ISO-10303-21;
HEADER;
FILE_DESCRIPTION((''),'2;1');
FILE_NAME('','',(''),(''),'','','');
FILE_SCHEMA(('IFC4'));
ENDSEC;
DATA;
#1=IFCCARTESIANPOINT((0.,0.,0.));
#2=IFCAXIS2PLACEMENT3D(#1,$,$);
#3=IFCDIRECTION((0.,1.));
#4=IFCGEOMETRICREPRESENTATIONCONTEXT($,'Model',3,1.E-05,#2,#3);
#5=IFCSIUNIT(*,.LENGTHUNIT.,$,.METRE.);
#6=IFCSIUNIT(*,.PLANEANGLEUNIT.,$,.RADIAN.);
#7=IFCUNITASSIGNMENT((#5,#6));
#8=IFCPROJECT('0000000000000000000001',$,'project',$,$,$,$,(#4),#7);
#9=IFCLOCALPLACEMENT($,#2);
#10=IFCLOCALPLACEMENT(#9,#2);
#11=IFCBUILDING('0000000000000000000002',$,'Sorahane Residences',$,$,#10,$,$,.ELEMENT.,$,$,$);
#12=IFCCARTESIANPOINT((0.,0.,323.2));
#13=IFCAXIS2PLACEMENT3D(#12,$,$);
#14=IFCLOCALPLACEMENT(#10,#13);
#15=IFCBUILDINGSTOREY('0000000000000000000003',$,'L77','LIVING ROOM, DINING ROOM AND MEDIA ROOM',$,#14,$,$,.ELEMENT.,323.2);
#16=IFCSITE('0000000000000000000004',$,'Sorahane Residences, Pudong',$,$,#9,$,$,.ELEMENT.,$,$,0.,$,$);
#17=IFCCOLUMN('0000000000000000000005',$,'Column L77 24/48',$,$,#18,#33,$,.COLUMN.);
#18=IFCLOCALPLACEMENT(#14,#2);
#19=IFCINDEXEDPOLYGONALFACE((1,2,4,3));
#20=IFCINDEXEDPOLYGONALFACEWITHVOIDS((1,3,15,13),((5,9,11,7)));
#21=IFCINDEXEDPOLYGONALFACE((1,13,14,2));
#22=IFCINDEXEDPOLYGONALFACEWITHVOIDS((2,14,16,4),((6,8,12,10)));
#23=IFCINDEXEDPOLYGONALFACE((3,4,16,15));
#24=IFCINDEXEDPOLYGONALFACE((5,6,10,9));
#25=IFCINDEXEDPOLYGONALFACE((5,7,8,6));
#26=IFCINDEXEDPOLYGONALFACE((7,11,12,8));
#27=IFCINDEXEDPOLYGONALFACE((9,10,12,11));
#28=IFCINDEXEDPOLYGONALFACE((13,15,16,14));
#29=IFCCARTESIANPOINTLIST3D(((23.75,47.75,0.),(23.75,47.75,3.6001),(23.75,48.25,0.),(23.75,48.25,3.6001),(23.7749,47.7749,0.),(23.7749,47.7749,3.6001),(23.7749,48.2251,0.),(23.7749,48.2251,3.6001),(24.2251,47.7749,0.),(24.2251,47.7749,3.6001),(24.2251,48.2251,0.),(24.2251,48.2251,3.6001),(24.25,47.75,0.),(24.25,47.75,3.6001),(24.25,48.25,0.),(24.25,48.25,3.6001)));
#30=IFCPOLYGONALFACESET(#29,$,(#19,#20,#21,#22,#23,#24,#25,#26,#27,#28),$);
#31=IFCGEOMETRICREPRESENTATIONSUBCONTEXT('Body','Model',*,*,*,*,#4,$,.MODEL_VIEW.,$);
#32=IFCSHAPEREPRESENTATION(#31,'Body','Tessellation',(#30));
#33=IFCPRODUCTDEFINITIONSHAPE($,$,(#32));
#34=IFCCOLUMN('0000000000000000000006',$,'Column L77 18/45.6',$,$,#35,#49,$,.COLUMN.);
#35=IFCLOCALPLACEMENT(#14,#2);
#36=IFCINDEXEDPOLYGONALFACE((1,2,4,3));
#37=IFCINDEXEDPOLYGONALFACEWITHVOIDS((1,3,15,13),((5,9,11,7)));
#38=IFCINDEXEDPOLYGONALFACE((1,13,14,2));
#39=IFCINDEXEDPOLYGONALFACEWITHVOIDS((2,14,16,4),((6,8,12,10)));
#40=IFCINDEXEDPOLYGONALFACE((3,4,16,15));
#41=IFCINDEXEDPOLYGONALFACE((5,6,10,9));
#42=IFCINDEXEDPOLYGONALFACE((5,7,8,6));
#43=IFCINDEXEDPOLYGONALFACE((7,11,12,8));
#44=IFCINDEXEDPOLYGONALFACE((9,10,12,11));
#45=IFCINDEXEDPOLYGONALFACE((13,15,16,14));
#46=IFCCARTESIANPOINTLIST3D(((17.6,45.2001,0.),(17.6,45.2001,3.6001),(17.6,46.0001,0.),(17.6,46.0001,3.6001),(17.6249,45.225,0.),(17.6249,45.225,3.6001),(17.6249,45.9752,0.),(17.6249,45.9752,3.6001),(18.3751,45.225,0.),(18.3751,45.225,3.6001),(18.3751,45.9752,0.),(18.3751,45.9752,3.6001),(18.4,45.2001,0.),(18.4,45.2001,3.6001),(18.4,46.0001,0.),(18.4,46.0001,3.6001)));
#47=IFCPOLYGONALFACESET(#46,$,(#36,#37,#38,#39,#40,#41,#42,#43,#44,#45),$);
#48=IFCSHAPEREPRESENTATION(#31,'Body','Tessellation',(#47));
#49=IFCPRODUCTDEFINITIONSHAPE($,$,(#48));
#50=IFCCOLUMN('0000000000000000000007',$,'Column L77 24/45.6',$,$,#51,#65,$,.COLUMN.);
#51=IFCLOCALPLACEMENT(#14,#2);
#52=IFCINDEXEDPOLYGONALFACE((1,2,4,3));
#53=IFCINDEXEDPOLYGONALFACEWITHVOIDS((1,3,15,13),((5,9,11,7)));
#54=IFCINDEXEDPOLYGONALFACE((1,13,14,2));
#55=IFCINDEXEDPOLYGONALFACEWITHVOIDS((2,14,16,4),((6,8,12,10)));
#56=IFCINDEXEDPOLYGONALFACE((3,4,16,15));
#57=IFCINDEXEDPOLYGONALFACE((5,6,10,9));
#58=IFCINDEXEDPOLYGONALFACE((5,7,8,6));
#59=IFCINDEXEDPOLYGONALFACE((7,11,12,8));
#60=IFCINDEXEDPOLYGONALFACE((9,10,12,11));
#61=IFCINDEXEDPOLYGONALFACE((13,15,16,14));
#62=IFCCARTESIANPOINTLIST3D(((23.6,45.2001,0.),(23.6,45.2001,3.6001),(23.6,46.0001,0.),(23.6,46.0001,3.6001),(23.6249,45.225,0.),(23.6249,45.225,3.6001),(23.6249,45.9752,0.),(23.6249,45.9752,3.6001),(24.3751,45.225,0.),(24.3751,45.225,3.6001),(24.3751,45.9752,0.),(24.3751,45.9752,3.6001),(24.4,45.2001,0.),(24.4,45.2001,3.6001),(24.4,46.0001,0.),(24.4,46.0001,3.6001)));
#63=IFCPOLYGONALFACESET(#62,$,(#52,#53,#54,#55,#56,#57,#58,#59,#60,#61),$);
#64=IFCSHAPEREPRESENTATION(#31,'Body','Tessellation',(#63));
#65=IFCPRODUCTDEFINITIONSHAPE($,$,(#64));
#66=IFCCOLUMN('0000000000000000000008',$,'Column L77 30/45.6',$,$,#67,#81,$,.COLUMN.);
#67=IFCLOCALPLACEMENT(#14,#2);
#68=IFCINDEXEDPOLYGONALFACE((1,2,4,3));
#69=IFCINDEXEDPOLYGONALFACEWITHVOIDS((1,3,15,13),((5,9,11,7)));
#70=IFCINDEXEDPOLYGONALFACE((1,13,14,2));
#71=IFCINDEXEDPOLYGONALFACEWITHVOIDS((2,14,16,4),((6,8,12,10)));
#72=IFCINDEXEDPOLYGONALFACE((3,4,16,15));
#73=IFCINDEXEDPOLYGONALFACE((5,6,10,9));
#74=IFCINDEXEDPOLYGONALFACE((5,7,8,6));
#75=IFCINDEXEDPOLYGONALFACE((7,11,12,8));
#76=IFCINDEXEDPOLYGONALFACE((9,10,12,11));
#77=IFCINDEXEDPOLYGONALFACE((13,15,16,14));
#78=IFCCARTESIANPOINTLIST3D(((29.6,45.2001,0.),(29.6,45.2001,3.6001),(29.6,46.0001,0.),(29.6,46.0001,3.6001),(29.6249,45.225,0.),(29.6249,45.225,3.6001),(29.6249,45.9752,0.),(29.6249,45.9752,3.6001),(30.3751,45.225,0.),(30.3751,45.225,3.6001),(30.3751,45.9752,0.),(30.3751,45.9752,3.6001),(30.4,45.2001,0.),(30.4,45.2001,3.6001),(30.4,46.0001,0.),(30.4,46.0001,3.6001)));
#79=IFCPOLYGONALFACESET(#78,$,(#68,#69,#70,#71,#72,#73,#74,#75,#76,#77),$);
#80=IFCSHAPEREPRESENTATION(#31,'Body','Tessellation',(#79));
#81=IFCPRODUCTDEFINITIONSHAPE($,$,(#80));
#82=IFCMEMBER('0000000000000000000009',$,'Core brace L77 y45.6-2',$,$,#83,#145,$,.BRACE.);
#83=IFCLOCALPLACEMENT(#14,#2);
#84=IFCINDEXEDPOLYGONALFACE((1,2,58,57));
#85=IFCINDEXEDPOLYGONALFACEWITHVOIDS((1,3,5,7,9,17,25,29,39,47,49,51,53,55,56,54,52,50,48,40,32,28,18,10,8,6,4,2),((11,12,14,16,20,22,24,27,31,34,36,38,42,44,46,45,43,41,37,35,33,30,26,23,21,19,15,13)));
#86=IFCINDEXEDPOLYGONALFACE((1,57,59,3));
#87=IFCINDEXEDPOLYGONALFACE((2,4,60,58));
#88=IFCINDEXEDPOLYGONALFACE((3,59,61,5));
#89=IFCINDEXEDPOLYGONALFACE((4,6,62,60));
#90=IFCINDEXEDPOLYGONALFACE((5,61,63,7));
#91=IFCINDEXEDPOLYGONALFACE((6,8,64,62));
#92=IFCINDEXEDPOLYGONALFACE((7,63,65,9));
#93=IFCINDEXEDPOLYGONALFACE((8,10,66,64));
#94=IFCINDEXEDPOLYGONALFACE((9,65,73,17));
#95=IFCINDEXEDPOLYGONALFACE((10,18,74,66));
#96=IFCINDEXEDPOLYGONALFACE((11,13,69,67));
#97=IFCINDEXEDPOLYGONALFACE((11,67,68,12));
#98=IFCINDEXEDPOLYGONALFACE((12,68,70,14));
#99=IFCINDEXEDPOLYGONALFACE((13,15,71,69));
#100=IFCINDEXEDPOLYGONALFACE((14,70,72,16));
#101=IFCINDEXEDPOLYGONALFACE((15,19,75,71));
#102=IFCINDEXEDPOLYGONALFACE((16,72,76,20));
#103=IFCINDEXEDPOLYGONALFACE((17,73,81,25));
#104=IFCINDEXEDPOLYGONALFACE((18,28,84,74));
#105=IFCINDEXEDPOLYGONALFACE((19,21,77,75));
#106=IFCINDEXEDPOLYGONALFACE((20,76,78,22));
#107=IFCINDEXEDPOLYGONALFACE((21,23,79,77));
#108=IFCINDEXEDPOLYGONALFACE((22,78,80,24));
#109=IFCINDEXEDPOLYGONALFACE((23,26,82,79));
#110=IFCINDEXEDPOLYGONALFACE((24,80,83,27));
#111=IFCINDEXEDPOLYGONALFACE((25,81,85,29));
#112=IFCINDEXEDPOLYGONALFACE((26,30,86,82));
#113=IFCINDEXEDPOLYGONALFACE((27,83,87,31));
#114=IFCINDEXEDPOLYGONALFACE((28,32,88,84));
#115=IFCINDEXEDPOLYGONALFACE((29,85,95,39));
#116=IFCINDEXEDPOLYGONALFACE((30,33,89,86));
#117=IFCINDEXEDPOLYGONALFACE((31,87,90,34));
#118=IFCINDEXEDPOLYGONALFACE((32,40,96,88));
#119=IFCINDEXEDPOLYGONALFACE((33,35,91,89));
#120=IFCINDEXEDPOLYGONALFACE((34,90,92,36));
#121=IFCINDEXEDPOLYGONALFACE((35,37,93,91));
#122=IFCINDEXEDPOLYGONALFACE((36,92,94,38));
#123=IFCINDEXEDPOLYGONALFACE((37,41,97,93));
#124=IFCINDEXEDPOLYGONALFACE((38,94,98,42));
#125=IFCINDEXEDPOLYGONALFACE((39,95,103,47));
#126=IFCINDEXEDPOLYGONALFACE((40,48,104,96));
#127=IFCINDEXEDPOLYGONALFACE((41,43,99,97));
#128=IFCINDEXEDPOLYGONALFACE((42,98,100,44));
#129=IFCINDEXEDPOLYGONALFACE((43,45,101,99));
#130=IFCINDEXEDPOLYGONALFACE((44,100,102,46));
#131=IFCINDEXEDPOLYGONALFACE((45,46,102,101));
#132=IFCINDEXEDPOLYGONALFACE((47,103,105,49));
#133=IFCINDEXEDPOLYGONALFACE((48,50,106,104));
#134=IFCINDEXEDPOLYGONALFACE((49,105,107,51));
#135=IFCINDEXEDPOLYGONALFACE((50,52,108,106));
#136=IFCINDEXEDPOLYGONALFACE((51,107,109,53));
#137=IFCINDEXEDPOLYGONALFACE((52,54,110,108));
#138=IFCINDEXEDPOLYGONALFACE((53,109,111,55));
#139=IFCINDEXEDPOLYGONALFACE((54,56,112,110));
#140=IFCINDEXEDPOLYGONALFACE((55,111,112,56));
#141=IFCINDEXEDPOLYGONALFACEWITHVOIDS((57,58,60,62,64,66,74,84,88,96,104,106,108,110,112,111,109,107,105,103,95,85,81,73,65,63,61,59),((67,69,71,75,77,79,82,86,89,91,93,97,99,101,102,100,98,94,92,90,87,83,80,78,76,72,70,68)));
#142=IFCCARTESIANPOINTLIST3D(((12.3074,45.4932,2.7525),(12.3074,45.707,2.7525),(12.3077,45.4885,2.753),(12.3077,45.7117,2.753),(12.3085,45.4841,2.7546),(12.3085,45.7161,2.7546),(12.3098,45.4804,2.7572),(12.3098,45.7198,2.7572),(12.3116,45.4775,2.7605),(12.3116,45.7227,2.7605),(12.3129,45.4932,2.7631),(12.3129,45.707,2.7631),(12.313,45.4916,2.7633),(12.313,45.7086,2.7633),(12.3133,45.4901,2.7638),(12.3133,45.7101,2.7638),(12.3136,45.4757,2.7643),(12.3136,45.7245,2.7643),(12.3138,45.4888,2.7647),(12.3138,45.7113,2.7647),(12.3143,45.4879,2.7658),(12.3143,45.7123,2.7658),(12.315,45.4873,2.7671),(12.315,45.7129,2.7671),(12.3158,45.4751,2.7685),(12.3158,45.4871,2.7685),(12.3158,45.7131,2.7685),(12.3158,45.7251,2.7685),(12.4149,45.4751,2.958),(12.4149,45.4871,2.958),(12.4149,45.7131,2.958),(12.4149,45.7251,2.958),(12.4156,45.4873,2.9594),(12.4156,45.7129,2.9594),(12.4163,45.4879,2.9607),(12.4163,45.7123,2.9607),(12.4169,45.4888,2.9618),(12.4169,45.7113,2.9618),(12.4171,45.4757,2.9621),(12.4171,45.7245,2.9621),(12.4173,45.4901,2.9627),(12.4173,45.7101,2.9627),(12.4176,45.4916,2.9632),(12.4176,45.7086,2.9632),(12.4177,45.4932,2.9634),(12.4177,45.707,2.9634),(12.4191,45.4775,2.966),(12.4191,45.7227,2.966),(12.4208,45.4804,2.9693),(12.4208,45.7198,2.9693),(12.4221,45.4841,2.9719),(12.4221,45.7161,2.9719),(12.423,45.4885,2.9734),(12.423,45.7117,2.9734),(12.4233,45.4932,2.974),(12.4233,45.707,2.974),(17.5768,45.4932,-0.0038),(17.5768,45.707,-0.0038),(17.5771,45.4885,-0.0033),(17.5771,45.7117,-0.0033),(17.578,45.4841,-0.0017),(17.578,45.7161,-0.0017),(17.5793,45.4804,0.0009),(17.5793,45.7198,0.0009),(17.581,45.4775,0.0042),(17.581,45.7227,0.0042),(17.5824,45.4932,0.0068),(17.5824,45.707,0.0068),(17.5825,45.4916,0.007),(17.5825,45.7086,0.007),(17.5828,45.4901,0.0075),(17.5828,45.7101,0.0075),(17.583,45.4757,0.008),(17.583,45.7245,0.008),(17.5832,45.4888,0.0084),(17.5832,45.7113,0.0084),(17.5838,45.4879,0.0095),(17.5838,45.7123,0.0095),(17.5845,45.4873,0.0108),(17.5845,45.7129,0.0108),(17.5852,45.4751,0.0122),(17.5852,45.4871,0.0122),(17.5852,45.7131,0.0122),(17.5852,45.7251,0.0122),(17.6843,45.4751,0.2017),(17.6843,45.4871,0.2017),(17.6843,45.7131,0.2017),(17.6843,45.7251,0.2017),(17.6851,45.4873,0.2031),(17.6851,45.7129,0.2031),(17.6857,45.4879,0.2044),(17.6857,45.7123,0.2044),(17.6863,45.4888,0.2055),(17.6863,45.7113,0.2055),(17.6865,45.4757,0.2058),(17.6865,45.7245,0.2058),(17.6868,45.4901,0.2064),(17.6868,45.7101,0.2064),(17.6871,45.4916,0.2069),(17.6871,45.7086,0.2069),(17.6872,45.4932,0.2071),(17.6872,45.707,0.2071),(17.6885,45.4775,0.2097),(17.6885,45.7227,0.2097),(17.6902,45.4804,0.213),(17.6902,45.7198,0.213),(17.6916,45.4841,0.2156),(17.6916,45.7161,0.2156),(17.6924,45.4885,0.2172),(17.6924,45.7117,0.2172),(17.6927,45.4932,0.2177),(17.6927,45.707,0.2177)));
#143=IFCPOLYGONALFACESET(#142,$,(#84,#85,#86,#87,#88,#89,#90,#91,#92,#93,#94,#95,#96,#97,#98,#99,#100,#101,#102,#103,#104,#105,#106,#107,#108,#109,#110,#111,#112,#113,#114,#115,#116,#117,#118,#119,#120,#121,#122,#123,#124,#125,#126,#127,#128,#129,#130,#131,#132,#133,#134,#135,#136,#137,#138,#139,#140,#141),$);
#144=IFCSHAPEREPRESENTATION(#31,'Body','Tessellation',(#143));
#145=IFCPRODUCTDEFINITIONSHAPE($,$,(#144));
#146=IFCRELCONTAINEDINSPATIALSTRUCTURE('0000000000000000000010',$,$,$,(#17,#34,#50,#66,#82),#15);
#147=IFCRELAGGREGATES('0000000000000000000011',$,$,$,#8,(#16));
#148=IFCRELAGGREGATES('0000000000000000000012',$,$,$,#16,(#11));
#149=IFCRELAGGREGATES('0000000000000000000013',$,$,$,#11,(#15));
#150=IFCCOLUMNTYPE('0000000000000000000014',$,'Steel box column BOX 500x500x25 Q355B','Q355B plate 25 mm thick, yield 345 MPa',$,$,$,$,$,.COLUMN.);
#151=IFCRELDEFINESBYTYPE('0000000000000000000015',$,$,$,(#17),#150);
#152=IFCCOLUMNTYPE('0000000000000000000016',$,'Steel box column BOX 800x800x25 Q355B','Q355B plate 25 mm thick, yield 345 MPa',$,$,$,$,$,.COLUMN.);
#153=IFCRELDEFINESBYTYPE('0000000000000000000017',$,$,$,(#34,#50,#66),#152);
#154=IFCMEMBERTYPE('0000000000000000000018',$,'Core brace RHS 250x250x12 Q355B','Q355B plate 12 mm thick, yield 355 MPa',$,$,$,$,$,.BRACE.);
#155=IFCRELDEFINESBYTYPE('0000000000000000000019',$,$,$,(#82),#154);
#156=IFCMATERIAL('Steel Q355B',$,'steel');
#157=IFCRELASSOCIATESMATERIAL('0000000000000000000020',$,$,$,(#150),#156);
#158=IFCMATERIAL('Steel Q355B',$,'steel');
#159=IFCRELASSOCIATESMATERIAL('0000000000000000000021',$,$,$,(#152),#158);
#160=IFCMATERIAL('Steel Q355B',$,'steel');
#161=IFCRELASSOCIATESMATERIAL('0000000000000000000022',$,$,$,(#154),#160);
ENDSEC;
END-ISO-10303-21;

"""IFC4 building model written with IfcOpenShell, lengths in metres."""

from ifc_helpers import new_model, si_unit, direction, frame, origin, origin_2d, place, context, subcontext, project, spatial, hollow_rectangle, extrude, material, material_profile, profile_set, type_object, element, save


model = new_model("IFC4")

# Units and contexts
model_context = context("Model", 3, precision=1e-05, world=origin(), true_north=direction((0.0, 1.0)))
body_context = subcontext(model_context, "Body", "Model", "MODEL_VIEW")
ifc_project = project(units=[si_unit("LENGTHUNIT", "METRE"), si_unit("PLANEANGLEUNIT", "RADIAN")], contexts=[model_context])

# Site, building, storey
site_placement = place(None, origin())
site = spatial("IfcSite", under=ifc_project, at=site_placement, Name="Sorahane Residences, Pudong", CompositionType="ELEMENT", RefElevation=0.0)
building_placement = place(site_placement, origin())
building = spatial("IfcBuilding", under=site, at=building_placement, Name="Sorahane Residences", CompositionType="ELEMENT")
storey_placement = place(building_placement, frame((0.0, 0.0, 323.2)))
storey = spatial("IfcBuildingStorey", under=building, at=storey_placement, Name="L77", Description="LIVING ROOM, DINING ROOM AND MEDIA ROOM", CompositionType="ELEMENT", Elevation=323.2)

# Columns
ifc_material_1 = material(Name="Steel Q355B", Category="steel")
ifc_material_profile_1 = material_profile(ifc_material_1, hollow_rectangle(XDim=0.5, YDim=0.5, WallThickness=0.0249, at=origin_2d()), Name="BOX 500x500x25")
ifc_profile_set_1 = profile_set([ifc_material_profile_1], Name="Steel Q355B")
column_type_1 = type_object("IfcColumnType", Name="Steel box column BOX 500x500x25 Q355B", Description="Q355B plate 25 mm thick, yield 345 MPa", PredefinedType="COLUMN", material=ifc_profile_set_1)
column_placement = place(storey_placement, frame((24.0, 48.0, 0.0), z_axis=(0.0, 0.0, 1.0), x_axis=(1.0, 0.0, 0.0)))
element("IfcColumn", 1, at=column_placement, inside=storey, type_object=column_type_1, Name="Column L77 24/48", PredefinedType="COLUMN", context=body_context, shape_type="SweptSolid", body=[
    extrude(hollow_rectangle(XDim=0.5, YDim=0.5, WallThickness=0.0249, at=origin_2d()), origin(), (0.0, 0.0, 1.0), 3.6001),
])
ifc_material_2 = material(Name="Steel Q355B", Category="steel")
ifc_material_profile_2 = material_profile(ifc_material_2, hollow_rectangle(XDim=0.8, YDim=0.8, WallThickness=0.0249, at=origin_2d()), Name="BOX 800x800x25")
ifc_profile_set_2 = profile_set([ifc_material_profile_2], Name="Steel Q355B")
column_type_2 = type_object("IfcColumnType", Name="Steel box column BOX 800x800x25 Q355B", Description="Q355B plate 25 mm thick, yield 345 MPa", PredefinedType="COLUMN", material=ifc_profile_set_2)
for number, where, z_axis, x_axis, name in (
    (2, (18.0, 45.6001, 0.0), (0.0, 0.0, 1.0), (1.0, 0.0, 0.0), "Column L77 18/45.6"),
    (3, (24.0, 45.6001, 0.0), (0.0, 0.0, 1.0), (1.0, 0.0, 0.0), "Column L77 24/45.6"),
    (4, (30.0, 45.6001, 0.0), (0.0, 0.0, 1.0), (1.0, 0.0, 0.0), "Column L77 30/45.6"),
):
    element("IfcColumn", number, at=place(storey_placement, frame(where, z_axis=z_axis, x_axis=x_axis)), inside=storey, type_object=column_type_2, Name=name, PredefinedType="COLUMN", context=body_context, shape_type="SweptSolid", body=[
        extrude(hollow_rectangle(XDim=0.8, YDim=0.8, WallThickness=0.0249, at=origin_2d()), origin(), (0.0, 0.0, 1.0), 3.6001),
    ])

# Member
ifc_material_3 = material(Name="Steel Q355B", Category="steel")
ifc_material_profile_3 = material_profile(ifc_material_3, hollow_rectangle(XDim=0.25, YDim=0.25, WallThickness=0.012, InnerFilletRadius=0.0061, OuterFilletRadius=0.0181, at=origin_2d()), Name="RHS 250x250x12")
ifc_profile_set_3 = profile_set([ifc_material_profile_3], Name="Steel Q355B")
member_type_1 = type_object("IfcMemberType", Name="Core brace RHS 250x250x12 Q355B", Description="Q355B plate 12 mm thick, yield 355 MPa", PredefinedType="BRACE", material=ifc_profile_set_3)
for number, where, z_axis, x_axis, name in (
    (5, (17.6348, 45.6001, 0.1069), (-0.8861, 0.0, 0.463495), (0.0, -1.0, 0.0), "Core brace L77 y45.6-2"),
):
    element("IfcMember", number, at=place(storey_placement, frame(where, z_axis=z_axis, x_axis=x_axis)), inside=storey, type_object=member_type_1, Name=name, PredefinedType="BRACE", context=body_context, shape_type="SweptSolid", body=[
        extrude(hollow_rectangle(XDim=0.25, YDim=0.25, WallThickness=0.012, InnerFilletRadius=0.0061, OuterFilletRadius=0.0181, at=origin_2d()), origin(), (0.0, 0.0, 1.0), 5.9468),
    ])

save(model, "model.ifc")
